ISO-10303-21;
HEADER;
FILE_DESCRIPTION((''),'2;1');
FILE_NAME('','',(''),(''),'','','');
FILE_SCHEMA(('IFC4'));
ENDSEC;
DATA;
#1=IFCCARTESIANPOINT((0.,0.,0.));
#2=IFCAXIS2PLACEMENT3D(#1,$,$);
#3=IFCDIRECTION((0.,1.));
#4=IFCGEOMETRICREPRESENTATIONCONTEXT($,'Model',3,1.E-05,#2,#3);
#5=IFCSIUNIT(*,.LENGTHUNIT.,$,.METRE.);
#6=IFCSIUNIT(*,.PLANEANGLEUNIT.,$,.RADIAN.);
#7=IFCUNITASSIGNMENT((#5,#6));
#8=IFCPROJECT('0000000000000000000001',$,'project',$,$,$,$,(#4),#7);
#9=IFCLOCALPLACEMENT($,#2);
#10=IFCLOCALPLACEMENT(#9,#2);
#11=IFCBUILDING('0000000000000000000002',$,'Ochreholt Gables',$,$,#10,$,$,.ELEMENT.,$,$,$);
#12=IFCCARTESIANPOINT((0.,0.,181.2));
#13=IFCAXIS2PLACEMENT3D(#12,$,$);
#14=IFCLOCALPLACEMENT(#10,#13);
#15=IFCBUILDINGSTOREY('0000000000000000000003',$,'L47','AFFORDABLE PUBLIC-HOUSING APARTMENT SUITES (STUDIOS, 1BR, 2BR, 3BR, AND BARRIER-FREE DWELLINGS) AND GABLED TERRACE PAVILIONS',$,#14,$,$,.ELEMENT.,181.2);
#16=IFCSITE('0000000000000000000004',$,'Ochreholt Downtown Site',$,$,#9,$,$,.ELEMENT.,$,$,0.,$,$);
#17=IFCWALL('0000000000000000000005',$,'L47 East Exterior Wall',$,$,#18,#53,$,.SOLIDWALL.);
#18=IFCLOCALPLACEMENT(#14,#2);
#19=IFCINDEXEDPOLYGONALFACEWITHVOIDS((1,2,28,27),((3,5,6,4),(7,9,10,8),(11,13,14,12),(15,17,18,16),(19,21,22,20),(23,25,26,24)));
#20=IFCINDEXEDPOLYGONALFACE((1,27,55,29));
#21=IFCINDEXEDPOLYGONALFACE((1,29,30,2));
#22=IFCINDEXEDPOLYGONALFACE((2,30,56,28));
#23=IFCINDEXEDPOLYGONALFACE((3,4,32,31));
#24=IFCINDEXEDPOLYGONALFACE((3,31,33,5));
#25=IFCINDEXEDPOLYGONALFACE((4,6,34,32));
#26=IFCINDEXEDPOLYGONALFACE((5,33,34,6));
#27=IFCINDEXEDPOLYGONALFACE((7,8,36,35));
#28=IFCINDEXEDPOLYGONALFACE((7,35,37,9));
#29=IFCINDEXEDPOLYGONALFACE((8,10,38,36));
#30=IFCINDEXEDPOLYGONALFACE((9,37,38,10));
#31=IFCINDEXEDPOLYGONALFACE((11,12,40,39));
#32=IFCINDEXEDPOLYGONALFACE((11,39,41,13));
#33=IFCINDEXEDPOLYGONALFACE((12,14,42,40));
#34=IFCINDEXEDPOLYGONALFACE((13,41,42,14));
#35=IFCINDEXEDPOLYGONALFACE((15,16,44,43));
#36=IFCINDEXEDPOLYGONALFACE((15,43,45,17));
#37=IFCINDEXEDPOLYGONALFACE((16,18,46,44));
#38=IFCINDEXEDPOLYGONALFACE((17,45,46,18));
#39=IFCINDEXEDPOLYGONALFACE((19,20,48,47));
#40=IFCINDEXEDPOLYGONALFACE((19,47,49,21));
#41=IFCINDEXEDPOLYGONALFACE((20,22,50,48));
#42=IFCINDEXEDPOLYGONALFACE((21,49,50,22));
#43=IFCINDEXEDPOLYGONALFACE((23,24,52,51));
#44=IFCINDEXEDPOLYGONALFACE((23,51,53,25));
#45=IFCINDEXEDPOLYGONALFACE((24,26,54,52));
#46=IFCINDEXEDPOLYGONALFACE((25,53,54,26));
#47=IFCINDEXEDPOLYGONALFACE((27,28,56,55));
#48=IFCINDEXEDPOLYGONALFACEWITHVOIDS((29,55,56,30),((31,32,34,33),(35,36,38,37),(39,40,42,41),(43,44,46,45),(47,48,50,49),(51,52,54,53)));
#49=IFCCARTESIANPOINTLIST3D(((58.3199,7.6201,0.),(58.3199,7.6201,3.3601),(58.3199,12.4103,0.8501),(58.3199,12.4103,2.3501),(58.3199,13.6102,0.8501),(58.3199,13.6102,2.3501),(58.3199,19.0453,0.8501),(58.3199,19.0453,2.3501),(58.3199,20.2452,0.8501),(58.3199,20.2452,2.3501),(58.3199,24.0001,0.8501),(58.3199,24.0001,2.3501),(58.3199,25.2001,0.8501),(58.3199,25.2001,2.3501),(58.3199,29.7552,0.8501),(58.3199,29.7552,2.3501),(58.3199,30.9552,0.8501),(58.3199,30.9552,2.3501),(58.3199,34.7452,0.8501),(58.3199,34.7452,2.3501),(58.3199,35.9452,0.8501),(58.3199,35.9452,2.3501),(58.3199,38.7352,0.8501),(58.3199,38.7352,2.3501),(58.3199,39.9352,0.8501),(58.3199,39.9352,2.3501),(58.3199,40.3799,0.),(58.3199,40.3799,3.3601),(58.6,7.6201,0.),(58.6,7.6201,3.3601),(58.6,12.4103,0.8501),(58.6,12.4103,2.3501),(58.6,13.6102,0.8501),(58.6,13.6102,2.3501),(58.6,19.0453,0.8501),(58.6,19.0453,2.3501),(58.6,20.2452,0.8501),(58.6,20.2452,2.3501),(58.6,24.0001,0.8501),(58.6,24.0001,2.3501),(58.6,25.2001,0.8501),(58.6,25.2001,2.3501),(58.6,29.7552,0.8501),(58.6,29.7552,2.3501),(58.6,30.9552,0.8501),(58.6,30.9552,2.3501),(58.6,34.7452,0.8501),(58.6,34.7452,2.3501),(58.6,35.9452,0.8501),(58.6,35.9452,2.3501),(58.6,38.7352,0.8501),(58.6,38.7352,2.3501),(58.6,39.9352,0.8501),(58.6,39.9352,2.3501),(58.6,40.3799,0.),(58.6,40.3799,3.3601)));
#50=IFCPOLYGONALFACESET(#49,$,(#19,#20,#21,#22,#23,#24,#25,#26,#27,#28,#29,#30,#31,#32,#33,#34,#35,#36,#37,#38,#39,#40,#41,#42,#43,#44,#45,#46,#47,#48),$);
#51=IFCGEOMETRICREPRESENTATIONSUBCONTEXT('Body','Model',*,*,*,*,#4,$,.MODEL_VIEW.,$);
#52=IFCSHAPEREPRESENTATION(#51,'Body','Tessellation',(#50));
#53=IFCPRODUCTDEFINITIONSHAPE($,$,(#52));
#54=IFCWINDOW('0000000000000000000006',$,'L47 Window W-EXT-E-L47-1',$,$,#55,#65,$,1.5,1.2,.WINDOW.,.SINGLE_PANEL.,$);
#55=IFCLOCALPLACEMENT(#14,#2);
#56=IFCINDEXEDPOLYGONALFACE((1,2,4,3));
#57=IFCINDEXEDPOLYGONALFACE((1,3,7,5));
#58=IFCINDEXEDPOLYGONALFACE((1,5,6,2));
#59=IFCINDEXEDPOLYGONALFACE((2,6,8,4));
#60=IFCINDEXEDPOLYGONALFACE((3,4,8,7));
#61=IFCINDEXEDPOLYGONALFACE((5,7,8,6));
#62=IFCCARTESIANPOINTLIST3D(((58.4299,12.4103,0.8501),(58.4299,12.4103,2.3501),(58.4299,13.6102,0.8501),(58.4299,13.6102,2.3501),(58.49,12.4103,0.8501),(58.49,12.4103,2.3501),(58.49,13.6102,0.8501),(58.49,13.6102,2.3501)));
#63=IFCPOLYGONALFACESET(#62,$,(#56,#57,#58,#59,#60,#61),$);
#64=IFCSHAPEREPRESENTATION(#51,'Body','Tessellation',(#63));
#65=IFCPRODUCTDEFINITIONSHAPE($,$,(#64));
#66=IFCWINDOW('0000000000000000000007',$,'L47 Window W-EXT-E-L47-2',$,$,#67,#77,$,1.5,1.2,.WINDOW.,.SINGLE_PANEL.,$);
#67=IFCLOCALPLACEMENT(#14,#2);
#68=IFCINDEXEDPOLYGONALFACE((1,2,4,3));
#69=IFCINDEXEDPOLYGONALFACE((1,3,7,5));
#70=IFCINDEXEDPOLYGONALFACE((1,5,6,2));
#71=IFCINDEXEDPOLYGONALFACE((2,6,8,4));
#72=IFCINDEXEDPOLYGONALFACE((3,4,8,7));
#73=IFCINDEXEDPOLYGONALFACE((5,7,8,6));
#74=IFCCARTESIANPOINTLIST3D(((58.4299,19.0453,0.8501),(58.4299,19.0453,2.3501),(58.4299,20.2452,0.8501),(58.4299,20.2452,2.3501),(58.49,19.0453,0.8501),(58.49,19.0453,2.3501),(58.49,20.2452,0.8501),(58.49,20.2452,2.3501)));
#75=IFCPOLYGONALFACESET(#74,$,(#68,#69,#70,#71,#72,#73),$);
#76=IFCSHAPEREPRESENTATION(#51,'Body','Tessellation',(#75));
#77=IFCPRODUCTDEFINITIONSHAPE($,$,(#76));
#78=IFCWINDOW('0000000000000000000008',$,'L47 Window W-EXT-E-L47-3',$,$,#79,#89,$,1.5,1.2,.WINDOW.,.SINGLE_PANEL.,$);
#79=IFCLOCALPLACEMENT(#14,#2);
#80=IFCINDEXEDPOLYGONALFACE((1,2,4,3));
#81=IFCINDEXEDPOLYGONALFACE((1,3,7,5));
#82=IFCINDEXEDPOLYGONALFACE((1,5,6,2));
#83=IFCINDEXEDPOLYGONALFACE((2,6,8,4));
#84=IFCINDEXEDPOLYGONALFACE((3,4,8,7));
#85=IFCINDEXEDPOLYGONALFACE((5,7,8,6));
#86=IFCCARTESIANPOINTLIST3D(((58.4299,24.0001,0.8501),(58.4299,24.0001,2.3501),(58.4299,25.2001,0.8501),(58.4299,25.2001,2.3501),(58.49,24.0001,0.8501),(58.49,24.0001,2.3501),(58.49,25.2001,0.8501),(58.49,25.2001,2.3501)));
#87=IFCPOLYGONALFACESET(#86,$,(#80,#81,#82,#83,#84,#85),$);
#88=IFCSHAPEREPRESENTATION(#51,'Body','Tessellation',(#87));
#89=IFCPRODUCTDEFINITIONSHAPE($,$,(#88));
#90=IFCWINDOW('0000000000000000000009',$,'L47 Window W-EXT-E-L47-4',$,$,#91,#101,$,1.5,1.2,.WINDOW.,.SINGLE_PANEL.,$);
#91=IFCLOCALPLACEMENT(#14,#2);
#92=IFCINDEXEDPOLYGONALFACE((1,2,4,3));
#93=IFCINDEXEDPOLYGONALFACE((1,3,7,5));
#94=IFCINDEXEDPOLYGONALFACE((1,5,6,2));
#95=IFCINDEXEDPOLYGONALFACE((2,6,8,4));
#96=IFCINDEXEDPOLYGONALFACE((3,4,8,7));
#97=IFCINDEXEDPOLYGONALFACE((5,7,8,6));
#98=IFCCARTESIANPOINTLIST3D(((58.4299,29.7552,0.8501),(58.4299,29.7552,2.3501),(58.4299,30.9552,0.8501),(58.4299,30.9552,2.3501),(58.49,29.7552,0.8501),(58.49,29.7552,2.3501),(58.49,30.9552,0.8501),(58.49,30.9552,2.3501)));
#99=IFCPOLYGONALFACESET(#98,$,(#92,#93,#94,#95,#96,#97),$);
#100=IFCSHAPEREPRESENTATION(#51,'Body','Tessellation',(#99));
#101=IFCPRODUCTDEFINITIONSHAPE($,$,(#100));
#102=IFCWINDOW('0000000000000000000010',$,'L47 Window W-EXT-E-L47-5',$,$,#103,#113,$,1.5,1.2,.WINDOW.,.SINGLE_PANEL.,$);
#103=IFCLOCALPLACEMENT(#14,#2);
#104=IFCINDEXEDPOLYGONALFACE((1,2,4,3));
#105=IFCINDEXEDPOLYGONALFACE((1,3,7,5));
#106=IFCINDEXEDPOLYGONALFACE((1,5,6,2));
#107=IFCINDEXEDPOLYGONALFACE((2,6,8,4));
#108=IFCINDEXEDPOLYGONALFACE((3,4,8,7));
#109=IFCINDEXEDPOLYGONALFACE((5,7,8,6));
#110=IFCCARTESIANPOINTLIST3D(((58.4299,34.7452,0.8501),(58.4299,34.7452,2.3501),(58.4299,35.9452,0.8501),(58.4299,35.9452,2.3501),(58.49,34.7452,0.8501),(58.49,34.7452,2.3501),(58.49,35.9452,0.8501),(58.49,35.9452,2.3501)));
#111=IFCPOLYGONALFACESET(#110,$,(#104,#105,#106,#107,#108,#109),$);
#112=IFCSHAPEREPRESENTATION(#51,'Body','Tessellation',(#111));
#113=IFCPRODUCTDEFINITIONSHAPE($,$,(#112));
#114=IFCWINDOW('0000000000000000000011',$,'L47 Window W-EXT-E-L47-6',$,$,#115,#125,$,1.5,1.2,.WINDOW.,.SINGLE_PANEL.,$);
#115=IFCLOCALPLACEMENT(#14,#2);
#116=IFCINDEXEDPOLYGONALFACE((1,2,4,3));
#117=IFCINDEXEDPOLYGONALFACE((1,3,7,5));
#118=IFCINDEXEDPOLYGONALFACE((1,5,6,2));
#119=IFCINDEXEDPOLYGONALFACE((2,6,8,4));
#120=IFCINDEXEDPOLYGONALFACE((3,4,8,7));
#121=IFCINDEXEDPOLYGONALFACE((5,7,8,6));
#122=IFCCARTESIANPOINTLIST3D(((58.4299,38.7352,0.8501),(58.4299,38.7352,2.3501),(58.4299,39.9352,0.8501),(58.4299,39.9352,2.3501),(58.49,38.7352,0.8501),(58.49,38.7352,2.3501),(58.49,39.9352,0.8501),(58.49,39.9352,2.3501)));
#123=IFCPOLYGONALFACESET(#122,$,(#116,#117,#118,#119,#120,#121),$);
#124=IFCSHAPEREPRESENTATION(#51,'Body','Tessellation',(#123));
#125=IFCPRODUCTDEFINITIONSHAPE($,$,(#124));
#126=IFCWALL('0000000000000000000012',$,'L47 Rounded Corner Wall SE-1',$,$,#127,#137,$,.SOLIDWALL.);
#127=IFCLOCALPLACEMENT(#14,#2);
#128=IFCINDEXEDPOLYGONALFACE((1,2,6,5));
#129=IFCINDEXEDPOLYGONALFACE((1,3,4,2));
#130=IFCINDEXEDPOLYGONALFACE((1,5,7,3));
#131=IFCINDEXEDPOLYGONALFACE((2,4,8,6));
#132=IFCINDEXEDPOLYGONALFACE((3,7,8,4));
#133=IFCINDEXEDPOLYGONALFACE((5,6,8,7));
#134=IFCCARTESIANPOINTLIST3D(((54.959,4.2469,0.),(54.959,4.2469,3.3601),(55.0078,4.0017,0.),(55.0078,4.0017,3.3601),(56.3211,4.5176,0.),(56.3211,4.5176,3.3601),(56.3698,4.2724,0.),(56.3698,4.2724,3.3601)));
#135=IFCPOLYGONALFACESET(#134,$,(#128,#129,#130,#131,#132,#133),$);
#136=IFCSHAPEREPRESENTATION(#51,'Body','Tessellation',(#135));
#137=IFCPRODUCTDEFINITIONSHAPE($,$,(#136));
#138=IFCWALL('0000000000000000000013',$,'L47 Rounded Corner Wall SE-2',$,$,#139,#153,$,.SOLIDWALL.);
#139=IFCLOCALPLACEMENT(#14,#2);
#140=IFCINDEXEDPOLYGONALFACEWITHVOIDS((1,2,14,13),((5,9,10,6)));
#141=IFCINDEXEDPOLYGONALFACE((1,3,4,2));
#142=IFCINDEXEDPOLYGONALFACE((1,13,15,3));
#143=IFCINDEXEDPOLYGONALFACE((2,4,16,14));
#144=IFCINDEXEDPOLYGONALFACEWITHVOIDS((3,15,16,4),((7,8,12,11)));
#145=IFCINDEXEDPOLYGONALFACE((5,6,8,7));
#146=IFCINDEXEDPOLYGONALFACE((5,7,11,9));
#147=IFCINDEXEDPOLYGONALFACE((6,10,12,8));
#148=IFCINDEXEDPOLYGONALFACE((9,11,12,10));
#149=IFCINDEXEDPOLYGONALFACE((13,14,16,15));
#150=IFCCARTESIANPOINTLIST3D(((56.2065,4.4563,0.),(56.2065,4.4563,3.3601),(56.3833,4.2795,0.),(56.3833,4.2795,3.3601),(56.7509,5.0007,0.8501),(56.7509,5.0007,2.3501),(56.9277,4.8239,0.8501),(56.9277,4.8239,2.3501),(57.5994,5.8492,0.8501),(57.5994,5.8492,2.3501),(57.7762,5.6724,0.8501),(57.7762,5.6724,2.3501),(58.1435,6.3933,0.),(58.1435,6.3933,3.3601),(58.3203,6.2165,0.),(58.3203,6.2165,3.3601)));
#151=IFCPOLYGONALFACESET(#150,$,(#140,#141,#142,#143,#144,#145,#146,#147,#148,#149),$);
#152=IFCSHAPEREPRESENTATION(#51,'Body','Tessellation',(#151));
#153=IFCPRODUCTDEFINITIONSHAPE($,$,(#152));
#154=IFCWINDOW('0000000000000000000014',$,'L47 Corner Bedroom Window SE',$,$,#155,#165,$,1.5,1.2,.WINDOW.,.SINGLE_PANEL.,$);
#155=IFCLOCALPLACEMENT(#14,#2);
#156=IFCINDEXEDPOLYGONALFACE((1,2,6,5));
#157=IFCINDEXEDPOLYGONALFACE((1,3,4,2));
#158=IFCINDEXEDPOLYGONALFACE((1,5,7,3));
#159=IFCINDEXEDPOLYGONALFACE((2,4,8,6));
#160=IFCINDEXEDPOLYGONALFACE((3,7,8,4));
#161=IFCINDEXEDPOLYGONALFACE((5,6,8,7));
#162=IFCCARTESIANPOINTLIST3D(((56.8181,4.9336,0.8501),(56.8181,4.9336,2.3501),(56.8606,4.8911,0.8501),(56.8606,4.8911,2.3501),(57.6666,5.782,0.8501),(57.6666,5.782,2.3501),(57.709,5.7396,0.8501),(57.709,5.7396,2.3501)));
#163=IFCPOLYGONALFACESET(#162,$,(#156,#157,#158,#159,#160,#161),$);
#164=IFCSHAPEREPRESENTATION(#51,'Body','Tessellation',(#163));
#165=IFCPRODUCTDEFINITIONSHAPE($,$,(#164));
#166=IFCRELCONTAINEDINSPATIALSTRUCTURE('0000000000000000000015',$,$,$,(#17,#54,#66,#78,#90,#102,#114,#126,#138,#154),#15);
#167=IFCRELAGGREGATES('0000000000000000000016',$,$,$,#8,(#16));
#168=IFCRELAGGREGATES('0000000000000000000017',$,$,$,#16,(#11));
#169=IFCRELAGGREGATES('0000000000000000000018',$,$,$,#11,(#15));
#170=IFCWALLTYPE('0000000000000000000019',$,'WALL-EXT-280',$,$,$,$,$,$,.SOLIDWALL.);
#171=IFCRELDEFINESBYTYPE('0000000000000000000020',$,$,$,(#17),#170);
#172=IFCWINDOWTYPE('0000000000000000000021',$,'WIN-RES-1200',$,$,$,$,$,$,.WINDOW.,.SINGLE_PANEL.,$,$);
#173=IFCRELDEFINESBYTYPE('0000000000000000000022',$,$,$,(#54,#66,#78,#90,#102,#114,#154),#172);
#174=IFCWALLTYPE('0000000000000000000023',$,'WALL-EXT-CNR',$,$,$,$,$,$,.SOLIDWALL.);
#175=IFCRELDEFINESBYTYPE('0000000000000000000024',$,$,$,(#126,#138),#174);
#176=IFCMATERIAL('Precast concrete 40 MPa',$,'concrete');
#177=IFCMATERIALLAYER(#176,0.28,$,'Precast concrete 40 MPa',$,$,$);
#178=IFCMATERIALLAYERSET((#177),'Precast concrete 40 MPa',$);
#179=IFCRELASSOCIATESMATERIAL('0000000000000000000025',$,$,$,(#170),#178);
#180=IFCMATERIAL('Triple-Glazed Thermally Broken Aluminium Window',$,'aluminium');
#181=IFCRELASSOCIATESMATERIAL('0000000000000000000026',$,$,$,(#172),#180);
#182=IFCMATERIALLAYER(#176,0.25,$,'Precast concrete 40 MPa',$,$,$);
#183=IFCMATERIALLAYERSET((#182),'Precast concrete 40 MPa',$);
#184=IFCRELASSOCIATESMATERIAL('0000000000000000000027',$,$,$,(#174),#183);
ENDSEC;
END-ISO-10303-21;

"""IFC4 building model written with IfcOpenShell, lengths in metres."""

from ifc_helpers import new_model, si_unit, direction, frame, frame_2d, origin, place, context, subcontext, project, spatial, rectangle, extrude, material, layer, layer_set, type_object, element, fill, save


model = new_model("IFC4")

# Units and contexts
model_context = context("Model", 3, precision=1e-05, world=origin(), true_north=direction((0.0, 1.0)))
body_context = subcontext(model_context, "Body", "Model", "MODEL_VIEW")
ifc_project = project(units=[si_unit("LENGTHUNIT", "METRE"), si_unit("PLANEANGLEUNIT", "RADIAN")], contexts=[model_context])

# Site, building, storey
site_placement = place(None, origin())
site = spatial("IfcSite", under=ifc_project, at=site_placement, Name="Ochreholt Downtown Site", CompositionType="ELEMENT", RefElevation=0.0)
building_placement = place(site_placement, origin())
building = spatial("IfcBuilding", under=site, at=building_placement, Name="Ochreholt Gables", CompositionType="ELEMENT")
storey_placement = place(building_placement, frame((0.0, 0.0, 181.2)))
storey = spatial("IfcBuildingStorey", under=building, at=storey_placement, Name="L47", Description="AFFORDABLE PUBLIC-HOUSING APARTMENT SUITES (STUDIOS, 1BR, 2BR, 3BR, AND BARRIER-FREE DWELLINGS) AND GABLED TERRACE PAVILIONS", CompositionType="ELEMENT", Elevation=181.2)

# Wall, openings, windows
ifc_material_1 = material(Name="Precast concrete 40 MPa", Category="concrete")
ifc_layer_1 = layer(ifc_material_1, 0.28, Name="Precast concrete 40 MPa")
ifc_layer_set_1 = layer_set([ifc_layer_1], Name="Precast concrete 40 MPa")
wall_type_1 = type_object("IfcWallType", Name="WALL-EXT-280", PredefinedType="SOLIDWALL", material=ifc_layer_set_1)
wall_1_placement = place(storey_placement, frame((58.46, 7.6201, 0.0), z_axis=(0.0, 0.0, 1.0), x_axis=(0.0, 1.0, 0.0)))
wall_1 = element("IfcWall", 1, at=wall_1_placement, inside=storey, type_object=wall_type_1, Name="L47 East Exterior Wall", PredefinedType="SOLIDWALL", context=body_context, shape_type="SweptSolid", body=[
    extrude(rectangle(XDim=32.7598, YDim=0.28, at=frame_2d((16.3799, 0.0))), origin(), (0.0, 0.0, 1.0), 3.3601),
])
opening_1_placement = place(wall_1_placement, frame((4.79, 0.0, 0.8501)))
opening_1 = element("IfcOpeningElement", 2, at=opening_1_placement, cuts=wall_1, PredefinedType="OPENING", context=body_context, shape_type="SweptSolid", body=[
    extrude(rectangle(XDim=1.2, YDim=1.5, at=frame_2d((0.6001, 0.75))), frame((0.0, 0.1499, 0.0), z_axis=(0.0, -1.0, 0.0), x_axis=(1.0, 0.0, 0.0)), (0.0, 0.0, 1.0), 0.3),
])
opening_2_placement = place(wall_1_placement, frame((11.425, 0.0, 0.8501)))
opening_2 = element("IfcOpeningElement", 3, at=opening_2_placement, cuts=wall_1, PredefinedType="OPENING", context=body_context, shape_type="SweptSolid", body=[
    extrude(rectangle(XDim=1.2, YDim=1.5, at=frame_2d((0.6001, 0.75))), frame((0.0, 0.1499, 0.0), z_axis=(0.0, -1.0, 0.0), x_axis=(1.0, 0.0, 0.0)), (0.0, 0.0, 1.0), 0.3),
])
opening_3_placement = place(wall_1_placement, frame((16.3799, 0.0, 0.8501)))
opening_3 = element("IfcOpeningElement", 4, at=opening_3_placement, cuts=wall_1, PredefinedType="OPENING", context=body_context, shape_type="SweptSolid", body=[
    extrude(rectangle(XDim=1.2, YDim=1.5, at=frame_2d((0.6001, 0.75))), frame((0.0, 0.1499, 0.0), z_axis=(0.0, -1.0, 0.0), x_axis=(1.0, 0.0, 0.0)), (0.0, 0.0, 1.0), 0.3),
])
opening_4_placement = place(wall_1_placement, frame((22.135, 0.0, 0.8501)))
opening_4 = element("IfcOpeningElement", 5, at=opening_4_placement, cuts=wall_1, PredefinedType="OPENING", context=body_context, shape_type="SweptSolid", body=[
    extrude(rectangle(XDim=1.2, YDim=1.5, at=frame_2d((0.6001, 0.75))), frame((0.0, 0.1499, 0.0), z_axis=(0.0, -1.0, 0.0), x_axis=(1.0, 0.0, 0.0)), (0.0, 0.0, 1.0), 0.3),
])
opening_5_placement = place(wall_1_placement, frame((27.125, 0.0, 0.8501)))
opening_5 = element("IfcOpeningElement", 6, at=opening_5_placement, cuts=wall_1, PredefinedType="OPENING", context=body_context, shape_type="SweptSolid", body=[
    extrude(rectangle(XDim=1.2, YDim=1.5, at=frame_2d((0.6001, 0.75))), frame((0.0, 0.1499, 0.0), z_axis=(0.0, -1.0, 0.0), x_axis=(1.0, 0.0, 0.0)), (0.0, 0.0, 1.0), 0.3),
])
opening_6_placement = place(wall_1_placement, frame((31.115, 0.0, 0.8501)))
opening_6 = element("IfcOpeningElement", 7, at=opening_6_placement, cuts=wall_1, PredefinedType="OPENING", context=body_context, shape_type="SweptSolid", body=[
    extrude(rectangle(XDim=1.2, YDim=1.5, at=frame_2d((0.6001, 0.75))), frame((0.0, 0.1499, 0.0), z_axis=(0.0, -1.0, 0.0), x_axis=(1.0, 0.0, 0.0)), (0.0, 0.0, 1.0), 0.3),
])
ifc_material_2 = material(Name="Triple-Glazed Thermally Broken Aluminium Window", Category="aluminium")
window_type = type_object("IfcWindowType", Name="WIN-RES-1200", PartitioningType="SINGLE_PANEL", PredefinedType="WINDOW", material=ifc_material_2)
window_1_placement = place(opening_1_placement, origin())
window_1 = element("IfcWindow", 8, at=window_1_placement, inside=storey, type_object=window_type, Name="L47 Window W-EXT-E-L47-1", OverallHeight=1.5, OverallWidth=1.2, PartitioningType="SINGLE_PANEL", PredefinedType="WINDOW", context=body_context, shape_type="SweptSolid", body=[
    extrude(rectangle(XDim=1.2, YDim=1.5, at=frame_2d((0.6001, 0.75))), frame((0.0, 0.03, 0.0), z_axis=(0.0, -1.0, 0.0), x_axis=(1.0, 0.0, 0.0)), (0.0, 0.0, 1.0), 0.0601),
])
fill(opening_1, window_1)
window_2_placement = place(opening_2_placement, origin())
window_2 = element("IfcWindow", 9, at=window_2_placement, inside=storey, type_object=window_type, Name="L47 Window W-EXT-E-L47-2", OverallHeight=1.5, OverallWidth=1.2, PartitioningType="SINGLE_PANEL", PredefinedType="WINDOW", context=body_context, shape_type="SweptSolid", body=[
    extrude(rectangle(XDim=1.2, YDim=1.5, at=frame_2d((0.6001, 0.75))), frame((0.0, 0.03, 0.0), z_axis=(0.0, -1.0, 0.0), x_axis=(1.0, 0.0, 0.0)), (0.0, 0.0, 1.0), 0.0601),
])
fill(opening_2, window_2)
window_3_placement = place(opening_3_placement, origin())
window_3 = element("IfcWindow", 10, at=window_3_placement, inside=storey, type_object=window_type, Name="L47 Window W-EXT-E-L47-3", OverallHeight=1.5, OverallWidth=1.2, PartitioningType="SINGLE_PANEL", PredefinedType="WINDOW", context=body_context, shape_type="SweptSolid", body=[
    extrude(rectangle(XDim=1.2, YDim=1.5, at=frame_2d((0.6001, 0.75))), frame((0.0, 0.03, 0.0), z_axis=(0.0, -1.0, 0.0), x_axis=(1.0, 0.0, 0.0)), (0.0, 0.0, 1.0), 0.0601),
])
fill(opening_3, window_3)
window_4_placement = place(opening_4_placement, origin())
window_4 = element("IfcWindow", 11, at=window_4_placement, inside=storey, type_object=window_type, Name="L47 Window W-EXT-E-L47-4", OverallHeight=1.5, OverallWidth=1.2, PartitioningType="SINGLE_PANEL", PredefinedType="WINDOW", context=body_context, shape_type="SweptSolid", body=[
    extrude(rectangle(XDim=1.2, YDim=1.5, at=frame_2d((0.6001, 0.75))), frame((0.0, 0.03, 0.0), z_axis=(0.0, -1.0, 0.0), x_axis=(1.0, 0.0, 0.0)), (0.0, 0.0, 1.0), 0.0601),
])
fill(opening_4, window_4)
window_5_placement = place(opening_5_placement, origin())
window_5 = element("IfcWindow", 12, at=window_5_placement, inside=storey, type_object=window_type, Name="L47 Window W-EXT-E-L47-5", OverallHeight=1.5, OverallWidth=1.2, PartitioningType="SINGLE_PANEL", PredefinedType="WINDOW", context=body_context, shape_type="SweptSolid", body=[
    extrude(rectangle(XDim=1.2, YDim=1.5, at=frame_2d((0.6001, 0.75))), frame((0.0, 0.03, 0.0), z_axis=(0.0, -1.0, 0.0), x_axis=(1.0, 0.0, 0.0)), (0.0, 0.0, 1.0), 0.0601),
])
fill(opening_5, window_5)
window_6_placement = place(opening_6_placement, origin())
window_6 = element("IfcWindow", 13, at=window_6_placement, inside=storey, type_object=window_type, Name="L47 Window W-EXT-E-L47-6", OverallHeight=1.5, OverallWidth=1.2, PartitioningType="SINGLE_PANEL", PredefinedType="WINDOW", context=body_context, shape_type="SweptSolid", body=[
    extrude(rectangle(XDim=1.2, YDim=1.5, at=frame_2d((0.6001, 0.75))), frame((0.0, 0.03, 0.0), z_axis=(0.0, -1.0, 0.0), x_axis=(1.0, 0.0, 0.0)), (0.0, 0.0, 1.0), 0.0601),
])
fill(opening_6, window_6)

# Wall
ifc_layer_2 = layer(ifc_material_1, 0.25, Name="Precast concrete 40 MPa")
ifc_layer_set_2 = layer_set([ifc_layer_2], Name="Precast concrete 40 MPa")
wall_type_2 = type_object("IfcWallType", Name="WALL-EXT-CNR", PredefinedType="SOLIDWALL", material=ifc_layer_set_2)
wall_2_placement = place(storey_placement, frame((54.9834, 4.1243, 0.0), z_axis=(0.0, 0.0, 1.0), x_axis=(0.98081, 0.194967, 0.0)))
element("IfcWall", 14, at=wall_2_placement, inside=storey, type_object=wall_type_2, Name="L47 Rounded Corner Wall SE-1", PredefinedType="SOLIDWALL", context=body_context, shape_type="SweptSolid", body=[
    extrude(rectangle(XDim=1.3887, YDim=0.25, at=frame_2d((0.6943, 0.0))), origin(), (0.0, 0.0, 1.0), 3.3601),
])

# Wall, opening, window
wall_3_placement = place(storey_placement, frame((56.2949, 4.3679, 0.0), z_axis=(0.0, 0.0, 1.0), x_axis=(0.707107, 0.707107, 0.0)))
wall_3 = element("IfcWall", 15, at=wall_3_placement, inside=storey, type_object=wall_type_2, Name="L47 Rounded Corner Wall SE-2", PredefinedType="SOLIDWALL", context=body_context, shape_type="SweptSolid", body=[
    extrude(rectangle(XDim=2.7393, YDim=0.25, at=frame_2d((1.3696, 0.0))), origin(), (0.0, 0.0, 1.0), 3.3601),
])
opening_7_placement = place(wall_3_placement, frame((0.7698, 0.0, 0.8501)))
opening_7 = element("IfcOpeningElement", 16, at=opening_7_placement, cuts=wall_3, PredefinedType="OPENING", context=body_context, shape_type="SweptSolid", body=[
    extrude(rectangle(XDim=1.2, YDim=1.5, at=frame_2d((0.6001, 0.75))), frame((0.0, 0.135, 0.0), z_axis=(0.0, -1.0, 0.0), x_axis=(1.0, 0.0, 0.0)), (0.0, 0.0, 1.0), 0.27),
])
window_7_placement = place(opening_7_placement, origin())
window_7 = element("IfcWindow", 17, at=window_7_placement, inside=storey, type_object=window_type, Name="L47 Corner Bedroom Window SE", OverallHeight=1.5, OverallWidth=1.2, PartitioningType="SINGLE_PANEL", PredefinedType="WINDOW", context=body_context, shape_type="SweptSolid", body=[
    extrude(rectangle(XDim=1.2, YDim=1.5, at=frame_2d((0.6001, 0.75))), frame((0.0, 0.03, 0.0), z_axis=(0.0, -1.0, 0.0), x_axis=(1.0, 0.0, 0.0)), (0.0, 0.0, 1.0), 0.0601),
])
fill(opening_7, window_7)

save(model, "model.ifc")
